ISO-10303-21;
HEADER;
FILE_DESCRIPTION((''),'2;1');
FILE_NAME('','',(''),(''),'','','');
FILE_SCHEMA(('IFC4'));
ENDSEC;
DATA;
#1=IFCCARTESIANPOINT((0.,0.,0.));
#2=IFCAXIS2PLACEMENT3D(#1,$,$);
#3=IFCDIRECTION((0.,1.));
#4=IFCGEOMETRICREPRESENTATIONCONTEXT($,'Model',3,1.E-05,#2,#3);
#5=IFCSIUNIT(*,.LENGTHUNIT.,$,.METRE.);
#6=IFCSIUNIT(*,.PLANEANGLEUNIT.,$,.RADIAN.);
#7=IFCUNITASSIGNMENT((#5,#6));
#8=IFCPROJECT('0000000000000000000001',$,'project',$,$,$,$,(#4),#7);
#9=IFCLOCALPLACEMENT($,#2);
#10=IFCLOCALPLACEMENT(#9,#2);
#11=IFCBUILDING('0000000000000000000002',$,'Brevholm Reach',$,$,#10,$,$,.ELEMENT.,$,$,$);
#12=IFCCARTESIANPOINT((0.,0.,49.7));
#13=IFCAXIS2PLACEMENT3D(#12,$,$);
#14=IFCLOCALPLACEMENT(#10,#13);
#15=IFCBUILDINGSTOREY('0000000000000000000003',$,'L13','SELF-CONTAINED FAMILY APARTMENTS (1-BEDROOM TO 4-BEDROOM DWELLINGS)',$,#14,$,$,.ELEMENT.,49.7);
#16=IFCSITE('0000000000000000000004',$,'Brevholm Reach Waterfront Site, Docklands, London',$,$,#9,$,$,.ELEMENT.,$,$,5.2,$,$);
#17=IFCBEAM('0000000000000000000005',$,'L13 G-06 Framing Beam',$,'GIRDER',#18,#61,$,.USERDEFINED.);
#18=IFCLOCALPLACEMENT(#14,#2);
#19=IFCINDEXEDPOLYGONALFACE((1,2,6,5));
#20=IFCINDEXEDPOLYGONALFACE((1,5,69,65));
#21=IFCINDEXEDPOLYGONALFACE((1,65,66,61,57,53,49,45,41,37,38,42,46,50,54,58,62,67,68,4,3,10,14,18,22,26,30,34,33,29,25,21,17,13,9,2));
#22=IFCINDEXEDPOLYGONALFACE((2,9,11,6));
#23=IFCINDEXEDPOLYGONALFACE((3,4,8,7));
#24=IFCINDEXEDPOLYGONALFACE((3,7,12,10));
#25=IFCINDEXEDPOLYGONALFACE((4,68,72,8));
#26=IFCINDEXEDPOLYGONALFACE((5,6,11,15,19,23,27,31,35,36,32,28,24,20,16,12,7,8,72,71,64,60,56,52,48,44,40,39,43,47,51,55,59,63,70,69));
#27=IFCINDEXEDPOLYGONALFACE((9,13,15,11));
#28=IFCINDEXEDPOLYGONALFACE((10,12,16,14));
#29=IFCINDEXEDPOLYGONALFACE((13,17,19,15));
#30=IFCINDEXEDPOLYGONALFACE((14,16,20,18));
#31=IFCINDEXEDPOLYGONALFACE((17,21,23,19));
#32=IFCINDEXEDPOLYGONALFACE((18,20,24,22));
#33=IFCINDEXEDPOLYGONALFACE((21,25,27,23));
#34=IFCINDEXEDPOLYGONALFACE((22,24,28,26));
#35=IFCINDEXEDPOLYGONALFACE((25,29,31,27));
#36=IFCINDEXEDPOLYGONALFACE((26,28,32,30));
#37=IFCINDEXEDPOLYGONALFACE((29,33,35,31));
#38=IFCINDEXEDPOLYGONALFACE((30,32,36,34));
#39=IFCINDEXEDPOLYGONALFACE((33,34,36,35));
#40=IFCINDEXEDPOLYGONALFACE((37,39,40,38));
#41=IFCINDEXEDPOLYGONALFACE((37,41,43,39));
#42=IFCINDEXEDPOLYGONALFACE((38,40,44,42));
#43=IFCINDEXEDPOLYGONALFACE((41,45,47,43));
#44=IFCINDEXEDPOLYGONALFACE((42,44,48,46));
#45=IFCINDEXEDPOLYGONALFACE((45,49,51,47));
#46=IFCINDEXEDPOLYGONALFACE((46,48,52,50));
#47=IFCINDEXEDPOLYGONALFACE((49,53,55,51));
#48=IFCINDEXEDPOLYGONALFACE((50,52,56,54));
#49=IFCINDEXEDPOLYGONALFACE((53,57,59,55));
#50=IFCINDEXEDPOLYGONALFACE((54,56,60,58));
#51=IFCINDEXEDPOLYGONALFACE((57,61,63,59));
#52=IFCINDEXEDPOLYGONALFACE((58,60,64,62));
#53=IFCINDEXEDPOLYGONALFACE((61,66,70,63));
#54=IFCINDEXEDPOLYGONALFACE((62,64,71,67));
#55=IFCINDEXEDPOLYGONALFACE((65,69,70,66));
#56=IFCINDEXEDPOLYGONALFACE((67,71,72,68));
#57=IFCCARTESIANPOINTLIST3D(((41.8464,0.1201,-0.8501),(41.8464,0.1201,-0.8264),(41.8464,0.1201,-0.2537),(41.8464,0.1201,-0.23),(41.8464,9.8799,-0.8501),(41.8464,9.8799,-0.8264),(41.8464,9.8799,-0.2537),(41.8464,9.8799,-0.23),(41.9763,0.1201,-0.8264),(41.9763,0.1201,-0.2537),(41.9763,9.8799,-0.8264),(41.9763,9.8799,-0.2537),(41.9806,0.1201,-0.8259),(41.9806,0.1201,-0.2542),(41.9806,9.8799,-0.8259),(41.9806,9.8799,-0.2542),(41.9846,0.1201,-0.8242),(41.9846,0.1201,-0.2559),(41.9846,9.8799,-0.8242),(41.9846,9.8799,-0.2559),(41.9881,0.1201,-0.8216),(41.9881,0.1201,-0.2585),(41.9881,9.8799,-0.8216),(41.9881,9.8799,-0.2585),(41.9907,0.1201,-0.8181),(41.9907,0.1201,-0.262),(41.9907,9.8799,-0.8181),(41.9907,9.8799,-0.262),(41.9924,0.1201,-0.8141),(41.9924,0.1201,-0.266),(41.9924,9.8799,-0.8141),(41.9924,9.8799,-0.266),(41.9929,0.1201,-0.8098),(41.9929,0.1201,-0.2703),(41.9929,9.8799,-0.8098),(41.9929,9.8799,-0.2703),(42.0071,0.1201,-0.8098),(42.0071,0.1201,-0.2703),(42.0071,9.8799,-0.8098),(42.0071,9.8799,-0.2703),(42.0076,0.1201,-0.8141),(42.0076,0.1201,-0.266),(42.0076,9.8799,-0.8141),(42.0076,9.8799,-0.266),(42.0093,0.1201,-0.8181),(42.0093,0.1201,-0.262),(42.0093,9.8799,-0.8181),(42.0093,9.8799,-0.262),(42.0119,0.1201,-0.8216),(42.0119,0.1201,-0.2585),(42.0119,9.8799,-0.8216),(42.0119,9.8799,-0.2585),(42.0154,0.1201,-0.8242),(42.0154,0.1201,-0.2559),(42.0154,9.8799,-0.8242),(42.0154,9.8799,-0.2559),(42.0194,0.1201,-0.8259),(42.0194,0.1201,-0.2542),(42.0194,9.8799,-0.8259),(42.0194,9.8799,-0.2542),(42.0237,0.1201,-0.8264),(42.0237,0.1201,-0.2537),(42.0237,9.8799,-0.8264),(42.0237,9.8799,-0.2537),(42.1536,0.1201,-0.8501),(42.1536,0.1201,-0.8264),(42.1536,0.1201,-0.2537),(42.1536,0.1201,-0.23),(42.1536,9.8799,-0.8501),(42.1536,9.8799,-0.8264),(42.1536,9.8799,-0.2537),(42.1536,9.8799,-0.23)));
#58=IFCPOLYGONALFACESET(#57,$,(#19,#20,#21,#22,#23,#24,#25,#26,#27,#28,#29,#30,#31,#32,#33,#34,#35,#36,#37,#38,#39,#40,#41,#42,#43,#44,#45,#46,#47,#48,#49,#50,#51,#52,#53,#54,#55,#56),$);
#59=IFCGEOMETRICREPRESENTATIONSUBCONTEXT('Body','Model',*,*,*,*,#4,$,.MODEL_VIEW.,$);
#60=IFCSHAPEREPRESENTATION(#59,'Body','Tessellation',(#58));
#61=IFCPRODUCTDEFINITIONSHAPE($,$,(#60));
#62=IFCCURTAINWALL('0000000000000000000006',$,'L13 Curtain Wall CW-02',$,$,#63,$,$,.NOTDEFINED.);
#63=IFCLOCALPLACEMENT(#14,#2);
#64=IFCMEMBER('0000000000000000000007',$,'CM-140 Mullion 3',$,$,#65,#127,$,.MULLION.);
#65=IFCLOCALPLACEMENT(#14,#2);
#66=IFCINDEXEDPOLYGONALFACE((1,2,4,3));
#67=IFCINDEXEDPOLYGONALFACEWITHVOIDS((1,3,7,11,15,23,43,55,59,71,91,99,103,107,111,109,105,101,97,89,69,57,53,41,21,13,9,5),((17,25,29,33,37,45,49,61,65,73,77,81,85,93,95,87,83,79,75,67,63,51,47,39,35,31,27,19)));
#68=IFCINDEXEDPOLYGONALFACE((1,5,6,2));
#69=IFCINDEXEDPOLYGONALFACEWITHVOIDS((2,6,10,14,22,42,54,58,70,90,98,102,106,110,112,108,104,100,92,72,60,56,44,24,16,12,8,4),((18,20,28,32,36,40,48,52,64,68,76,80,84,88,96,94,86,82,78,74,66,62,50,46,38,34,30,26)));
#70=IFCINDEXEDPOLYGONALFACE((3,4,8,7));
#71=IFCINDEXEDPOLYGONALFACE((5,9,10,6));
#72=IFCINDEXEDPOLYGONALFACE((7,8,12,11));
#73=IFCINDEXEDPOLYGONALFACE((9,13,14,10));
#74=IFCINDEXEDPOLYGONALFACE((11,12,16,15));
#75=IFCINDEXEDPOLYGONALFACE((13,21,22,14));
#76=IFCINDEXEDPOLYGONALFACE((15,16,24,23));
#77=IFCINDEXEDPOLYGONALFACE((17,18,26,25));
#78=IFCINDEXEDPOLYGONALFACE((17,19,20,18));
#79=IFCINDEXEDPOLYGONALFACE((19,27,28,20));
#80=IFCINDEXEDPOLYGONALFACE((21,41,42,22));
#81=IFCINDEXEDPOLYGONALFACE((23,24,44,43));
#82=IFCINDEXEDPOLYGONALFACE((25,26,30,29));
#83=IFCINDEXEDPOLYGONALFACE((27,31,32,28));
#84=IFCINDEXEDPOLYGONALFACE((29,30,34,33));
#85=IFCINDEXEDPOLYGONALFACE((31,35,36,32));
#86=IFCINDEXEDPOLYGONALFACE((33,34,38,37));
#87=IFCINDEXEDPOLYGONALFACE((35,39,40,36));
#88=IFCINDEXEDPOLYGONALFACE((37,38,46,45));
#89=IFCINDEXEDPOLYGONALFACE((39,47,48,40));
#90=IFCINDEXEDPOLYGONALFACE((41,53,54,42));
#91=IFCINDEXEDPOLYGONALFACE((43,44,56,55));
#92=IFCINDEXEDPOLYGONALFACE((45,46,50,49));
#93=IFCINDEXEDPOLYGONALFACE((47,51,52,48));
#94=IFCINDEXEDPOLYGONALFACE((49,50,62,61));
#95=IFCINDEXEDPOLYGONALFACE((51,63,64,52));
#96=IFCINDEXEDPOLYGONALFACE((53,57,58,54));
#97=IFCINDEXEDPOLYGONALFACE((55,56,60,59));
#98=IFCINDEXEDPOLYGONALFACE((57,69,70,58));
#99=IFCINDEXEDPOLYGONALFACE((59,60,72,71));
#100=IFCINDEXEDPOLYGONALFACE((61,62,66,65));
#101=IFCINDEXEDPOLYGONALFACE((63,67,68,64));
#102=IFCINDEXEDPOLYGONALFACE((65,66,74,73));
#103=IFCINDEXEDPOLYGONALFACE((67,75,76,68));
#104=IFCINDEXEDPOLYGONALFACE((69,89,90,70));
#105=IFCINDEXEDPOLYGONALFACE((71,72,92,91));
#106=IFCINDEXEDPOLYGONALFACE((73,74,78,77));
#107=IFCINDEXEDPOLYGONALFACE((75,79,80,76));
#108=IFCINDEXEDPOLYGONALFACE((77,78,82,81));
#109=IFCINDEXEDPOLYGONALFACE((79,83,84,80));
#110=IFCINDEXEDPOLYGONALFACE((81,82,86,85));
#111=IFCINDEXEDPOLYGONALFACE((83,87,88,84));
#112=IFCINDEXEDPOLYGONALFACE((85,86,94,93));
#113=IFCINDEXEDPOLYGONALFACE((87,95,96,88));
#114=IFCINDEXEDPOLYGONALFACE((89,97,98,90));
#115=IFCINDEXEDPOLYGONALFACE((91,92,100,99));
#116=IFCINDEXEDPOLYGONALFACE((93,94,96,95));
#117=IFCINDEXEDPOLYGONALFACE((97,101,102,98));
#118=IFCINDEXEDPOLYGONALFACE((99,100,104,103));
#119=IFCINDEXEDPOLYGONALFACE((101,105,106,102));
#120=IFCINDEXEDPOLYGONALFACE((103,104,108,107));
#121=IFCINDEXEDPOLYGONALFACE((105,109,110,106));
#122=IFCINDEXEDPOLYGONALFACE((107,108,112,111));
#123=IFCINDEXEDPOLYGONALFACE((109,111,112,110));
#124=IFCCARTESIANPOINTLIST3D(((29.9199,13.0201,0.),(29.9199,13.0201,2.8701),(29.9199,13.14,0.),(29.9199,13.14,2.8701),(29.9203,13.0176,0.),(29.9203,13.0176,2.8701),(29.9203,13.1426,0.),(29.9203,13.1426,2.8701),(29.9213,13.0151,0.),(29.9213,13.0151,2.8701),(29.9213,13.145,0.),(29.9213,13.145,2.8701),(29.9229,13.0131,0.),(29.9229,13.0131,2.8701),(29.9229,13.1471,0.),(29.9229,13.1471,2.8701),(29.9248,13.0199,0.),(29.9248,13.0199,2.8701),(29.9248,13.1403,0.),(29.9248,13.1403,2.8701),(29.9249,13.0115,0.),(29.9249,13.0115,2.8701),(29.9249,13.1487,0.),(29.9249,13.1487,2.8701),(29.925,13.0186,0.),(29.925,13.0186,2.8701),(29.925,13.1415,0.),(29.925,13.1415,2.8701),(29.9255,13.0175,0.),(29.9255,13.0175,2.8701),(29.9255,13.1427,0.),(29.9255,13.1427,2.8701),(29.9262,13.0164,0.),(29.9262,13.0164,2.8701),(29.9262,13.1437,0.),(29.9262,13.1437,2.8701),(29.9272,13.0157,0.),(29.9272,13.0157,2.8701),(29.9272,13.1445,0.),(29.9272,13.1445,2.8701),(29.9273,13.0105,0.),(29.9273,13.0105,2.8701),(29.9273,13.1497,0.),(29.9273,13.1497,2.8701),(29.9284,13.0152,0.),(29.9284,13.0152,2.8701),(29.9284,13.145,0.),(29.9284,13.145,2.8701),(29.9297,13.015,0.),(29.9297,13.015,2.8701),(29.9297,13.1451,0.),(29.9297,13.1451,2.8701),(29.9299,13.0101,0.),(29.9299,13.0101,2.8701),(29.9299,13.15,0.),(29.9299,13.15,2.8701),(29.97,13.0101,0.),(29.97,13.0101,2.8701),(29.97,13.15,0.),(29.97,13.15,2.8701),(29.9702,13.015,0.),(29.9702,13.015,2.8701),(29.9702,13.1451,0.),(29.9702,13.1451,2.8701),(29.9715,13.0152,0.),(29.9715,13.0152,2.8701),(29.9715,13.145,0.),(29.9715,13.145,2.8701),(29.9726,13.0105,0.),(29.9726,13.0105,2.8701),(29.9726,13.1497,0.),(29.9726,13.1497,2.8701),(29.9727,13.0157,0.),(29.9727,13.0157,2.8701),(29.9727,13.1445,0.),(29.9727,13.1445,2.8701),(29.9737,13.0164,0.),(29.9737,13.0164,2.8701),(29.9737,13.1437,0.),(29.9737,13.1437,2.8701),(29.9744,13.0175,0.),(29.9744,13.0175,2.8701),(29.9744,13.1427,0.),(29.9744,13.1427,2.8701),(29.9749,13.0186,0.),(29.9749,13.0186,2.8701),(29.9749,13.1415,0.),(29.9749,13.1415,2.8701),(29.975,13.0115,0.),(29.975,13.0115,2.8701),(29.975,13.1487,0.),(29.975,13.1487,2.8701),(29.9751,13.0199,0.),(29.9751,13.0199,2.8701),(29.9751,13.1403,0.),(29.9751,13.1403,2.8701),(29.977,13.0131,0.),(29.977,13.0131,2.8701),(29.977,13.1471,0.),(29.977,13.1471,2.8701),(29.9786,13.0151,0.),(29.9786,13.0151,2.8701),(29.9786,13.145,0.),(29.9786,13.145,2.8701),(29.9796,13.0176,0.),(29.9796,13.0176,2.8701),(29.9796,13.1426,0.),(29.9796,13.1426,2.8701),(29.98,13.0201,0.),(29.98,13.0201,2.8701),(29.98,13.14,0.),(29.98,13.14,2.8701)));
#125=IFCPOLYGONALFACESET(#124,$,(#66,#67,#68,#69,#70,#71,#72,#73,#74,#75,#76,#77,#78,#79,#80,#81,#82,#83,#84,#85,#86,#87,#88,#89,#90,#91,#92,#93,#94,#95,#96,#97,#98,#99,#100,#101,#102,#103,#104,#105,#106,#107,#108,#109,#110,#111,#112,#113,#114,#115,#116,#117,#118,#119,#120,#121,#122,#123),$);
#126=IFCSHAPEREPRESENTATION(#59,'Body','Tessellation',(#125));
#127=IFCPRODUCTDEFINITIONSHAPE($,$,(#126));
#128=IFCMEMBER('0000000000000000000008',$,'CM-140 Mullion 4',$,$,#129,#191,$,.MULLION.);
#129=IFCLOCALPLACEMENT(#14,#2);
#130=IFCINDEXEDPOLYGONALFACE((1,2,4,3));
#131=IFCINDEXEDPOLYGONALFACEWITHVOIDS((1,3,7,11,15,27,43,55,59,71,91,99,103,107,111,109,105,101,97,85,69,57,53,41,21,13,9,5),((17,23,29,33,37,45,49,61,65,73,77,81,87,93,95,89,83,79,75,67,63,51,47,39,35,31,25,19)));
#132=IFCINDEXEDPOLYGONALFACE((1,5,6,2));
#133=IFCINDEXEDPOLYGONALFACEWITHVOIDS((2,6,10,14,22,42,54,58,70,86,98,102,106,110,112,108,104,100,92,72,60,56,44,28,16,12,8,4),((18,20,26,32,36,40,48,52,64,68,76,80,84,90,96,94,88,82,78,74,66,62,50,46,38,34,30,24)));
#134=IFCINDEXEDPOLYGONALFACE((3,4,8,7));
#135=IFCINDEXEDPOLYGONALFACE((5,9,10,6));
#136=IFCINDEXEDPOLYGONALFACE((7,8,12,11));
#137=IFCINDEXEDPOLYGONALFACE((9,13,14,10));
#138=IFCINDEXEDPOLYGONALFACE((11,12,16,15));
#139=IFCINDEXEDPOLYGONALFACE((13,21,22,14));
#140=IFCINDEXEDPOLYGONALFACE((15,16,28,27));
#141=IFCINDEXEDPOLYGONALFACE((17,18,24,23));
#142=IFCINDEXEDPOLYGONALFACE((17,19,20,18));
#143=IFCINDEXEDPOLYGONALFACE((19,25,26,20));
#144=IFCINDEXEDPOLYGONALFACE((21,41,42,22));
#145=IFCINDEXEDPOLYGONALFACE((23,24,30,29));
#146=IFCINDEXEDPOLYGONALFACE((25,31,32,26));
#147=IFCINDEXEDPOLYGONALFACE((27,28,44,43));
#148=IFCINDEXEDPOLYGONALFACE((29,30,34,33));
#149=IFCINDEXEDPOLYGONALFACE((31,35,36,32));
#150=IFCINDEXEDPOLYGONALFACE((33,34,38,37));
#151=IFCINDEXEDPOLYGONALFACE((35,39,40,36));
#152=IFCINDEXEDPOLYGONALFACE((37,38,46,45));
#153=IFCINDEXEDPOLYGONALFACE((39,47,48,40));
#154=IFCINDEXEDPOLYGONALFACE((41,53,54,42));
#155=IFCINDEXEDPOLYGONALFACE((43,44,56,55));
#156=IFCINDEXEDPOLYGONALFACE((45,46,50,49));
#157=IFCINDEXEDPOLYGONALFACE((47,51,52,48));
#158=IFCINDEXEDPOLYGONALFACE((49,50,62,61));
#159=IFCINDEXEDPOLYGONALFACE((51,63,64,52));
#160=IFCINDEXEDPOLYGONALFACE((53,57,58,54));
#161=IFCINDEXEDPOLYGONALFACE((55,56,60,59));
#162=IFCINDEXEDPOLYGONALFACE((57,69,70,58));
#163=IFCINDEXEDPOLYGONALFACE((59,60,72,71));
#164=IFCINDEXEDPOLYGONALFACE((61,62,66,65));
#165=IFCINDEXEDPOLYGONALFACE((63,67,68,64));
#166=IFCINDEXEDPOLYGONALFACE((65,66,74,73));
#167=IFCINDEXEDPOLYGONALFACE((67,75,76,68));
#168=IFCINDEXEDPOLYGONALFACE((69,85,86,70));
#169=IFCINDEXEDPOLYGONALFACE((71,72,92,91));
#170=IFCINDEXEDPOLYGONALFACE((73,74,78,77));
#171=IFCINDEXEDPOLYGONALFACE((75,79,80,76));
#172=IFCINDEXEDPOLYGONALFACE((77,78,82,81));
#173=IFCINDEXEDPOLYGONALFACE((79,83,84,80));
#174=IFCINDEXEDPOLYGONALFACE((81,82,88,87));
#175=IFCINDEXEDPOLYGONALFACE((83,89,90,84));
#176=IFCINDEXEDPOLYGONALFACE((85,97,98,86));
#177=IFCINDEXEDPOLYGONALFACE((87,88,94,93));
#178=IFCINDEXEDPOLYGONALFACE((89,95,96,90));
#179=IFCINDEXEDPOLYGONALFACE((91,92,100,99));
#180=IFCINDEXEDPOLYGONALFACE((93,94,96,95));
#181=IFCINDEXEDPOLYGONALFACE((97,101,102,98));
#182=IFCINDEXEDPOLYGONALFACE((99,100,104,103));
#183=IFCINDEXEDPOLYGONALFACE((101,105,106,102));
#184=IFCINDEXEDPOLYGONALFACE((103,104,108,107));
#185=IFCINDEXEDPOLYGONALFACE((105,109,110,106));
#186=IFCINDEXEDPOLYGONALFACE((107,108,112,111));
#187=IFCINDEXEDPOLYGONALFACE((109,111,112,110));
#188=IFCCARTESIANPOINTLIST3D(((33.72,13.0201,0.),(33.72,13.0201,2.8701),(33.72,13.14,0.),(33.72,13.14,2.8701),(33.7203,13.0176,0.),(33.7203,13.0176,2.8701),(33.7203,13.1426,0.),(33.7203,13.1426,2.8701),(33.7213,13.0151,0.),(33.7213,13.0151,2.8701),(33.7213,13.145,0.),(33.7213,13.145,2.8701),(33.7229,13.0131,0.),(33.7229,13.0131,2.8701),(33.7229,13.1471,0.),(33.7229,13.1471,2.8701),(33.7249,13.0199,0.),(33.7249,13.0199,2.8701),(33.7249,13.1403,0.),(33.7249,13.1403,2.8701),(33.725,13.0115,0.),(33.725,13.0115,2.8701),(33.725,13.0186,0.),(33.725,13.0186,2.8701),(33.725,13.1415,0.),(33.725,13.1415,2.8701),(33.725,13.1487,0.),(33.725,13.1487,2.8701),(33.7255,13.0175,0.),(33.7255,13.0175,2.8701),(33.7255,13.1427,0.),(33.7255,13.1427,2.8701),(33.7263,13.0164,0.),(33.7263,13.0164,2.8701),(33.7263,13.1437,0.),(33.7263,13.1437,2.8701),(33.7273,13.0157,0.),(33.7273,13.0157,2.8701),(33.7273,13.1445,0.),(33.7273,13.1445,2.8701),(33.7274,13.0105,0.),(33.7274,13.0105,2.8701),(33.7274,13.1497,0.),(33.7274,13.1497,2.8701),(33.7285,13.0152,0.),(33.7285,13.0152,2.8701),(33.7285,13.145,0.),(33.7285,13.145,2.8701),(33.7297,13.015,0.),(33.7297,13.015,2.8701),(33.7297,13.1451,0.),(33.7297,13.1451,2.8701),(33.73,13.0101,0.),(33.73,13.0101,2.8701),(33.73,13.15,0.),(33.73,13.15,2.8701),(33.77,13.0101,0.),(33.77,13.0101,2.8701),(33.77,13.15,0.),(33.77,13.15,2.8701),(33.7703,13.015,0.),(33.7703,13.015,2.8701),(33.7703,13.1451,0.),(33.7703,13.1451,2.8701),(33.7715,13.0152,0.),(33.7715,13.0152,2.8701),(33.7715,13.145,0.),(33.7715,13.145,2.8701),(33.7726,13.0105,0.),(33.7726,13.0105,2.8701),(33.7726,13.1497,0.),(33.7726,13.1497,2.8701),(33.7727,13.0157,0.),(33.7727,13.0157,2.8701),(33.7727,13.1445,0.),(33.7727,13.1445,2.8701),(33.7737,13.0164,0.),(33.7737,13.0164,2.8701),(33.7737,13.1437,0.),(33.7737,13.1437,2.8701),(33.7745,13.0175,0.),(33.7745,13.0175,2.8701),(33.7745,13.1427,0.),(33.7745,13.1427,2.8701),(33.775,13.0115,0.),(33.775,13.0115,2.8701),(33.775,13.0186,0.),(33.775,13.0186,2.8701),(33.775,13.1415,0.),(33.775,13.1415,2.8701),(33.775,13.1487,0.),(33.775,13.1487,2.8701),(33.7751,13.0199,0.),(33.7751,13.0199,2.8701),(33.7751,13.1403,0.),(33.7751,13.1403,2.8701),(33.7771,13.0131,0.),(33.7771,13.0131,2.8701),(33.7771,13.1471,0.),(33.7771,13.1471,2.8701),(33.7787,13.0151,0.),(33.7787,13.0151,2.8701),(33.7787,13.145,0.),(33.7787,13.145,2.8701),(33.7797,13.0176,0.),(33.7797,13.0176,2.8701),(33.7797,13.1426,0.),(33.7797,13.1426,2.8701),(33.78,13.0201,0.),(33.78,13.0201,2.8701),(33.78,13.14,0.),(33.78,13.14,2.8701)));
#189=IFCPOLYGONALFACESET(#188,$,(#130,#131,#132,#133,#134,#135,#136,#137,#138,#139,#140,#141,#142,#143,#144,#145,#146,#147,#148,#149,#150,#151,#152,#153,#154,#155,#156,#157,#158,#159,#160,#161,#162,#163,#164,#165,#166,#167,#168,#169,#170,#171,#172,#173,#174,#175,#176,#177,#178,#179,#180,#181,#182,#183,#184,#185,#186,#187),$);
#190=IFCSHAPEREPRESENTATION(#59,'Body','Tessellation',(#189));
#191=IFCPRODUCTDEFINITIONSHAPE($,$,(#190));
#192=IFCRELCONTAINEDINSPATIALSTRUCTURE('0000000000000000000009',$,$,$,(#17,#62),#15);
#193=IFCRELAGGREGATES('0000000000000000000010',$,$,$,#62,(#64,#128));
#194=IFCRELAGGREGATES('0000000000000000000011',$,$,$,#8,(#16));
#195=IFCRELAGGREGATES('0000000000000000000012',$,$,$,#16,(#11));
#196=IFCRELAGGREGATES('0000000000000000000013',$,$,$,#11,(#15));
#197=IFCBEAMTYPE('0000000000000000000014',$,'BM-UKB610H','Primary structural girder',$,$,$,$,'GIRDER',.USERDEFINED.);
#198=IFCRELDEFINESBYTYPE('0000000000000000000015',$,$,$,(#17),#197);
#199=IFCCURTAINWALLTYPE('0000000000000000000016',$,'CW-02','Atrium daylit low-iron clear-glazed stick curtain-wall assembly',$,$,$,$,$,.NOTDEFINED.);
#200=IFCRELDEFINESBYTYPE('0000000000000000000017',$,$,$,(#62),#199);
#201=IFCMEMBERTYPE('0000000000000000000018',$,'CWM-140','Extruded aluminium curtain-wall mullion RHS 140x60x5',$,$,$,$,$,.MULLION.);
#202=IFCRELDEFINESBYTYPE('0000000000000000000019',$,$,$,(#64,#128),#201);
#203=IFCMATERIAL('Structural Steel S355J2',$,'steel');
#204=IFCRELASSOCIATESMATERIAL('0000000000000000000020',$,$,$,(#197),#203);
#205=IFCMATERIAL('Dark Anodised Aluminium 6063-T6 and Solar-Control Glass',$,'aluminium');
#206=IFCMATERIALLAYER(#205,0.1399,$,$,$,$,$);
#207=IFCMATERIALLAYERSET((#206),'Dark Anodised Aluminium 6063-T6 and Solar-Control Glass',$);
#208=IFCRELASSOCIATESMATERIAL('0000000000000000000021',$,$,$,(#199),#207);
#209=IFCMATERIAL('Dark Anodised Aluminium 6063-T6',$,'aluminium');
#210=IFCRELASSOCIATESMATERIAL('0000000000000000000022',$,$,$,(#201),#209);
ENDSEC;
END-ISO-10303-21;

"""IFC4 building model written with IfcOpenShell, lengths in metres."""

from ifc_helpers import new_model, si_unit, direction, frame, origin, origin_2d, place, context, subcontext, project, spatial, hollow_rectangle, i_section, extrude, material, layer, layer_set, material_profile, profile_set, type_object, element, aggregate, save


model = new_model("IFC4")

# Units and contexts
model_context = context("Model", 3, precision=1e-05, world=origin(), true_north=direction((0.0, 1.0)))
body_context = subcontext(model_context, "Body", "Model", "MODEL_VIEW")
ifc_project = project(units=[si_unit("LENGTHUNIT", "METRE"), si_unit("PLANEANGLEUNIT", "RADIAN")], contexts=[model_context])

# Site, building, storey
site_placement = place(None, origin())
site = spatial("IfcSite", under=ifc_project, at=site_placement, Name="Brevholm Reach Waterfront Site, Docklands, London", CompositionType="ELEMENT", RefElevation=5.2)
building_placement = place(site_placement, origin())
building = spatial("IfcBuilding", under=site, at=building_placement, Name="Brevholm Reach", CompositionType="ELEMENT")
storey_placement = place(building_placement, frame((0.0, 0.0, 49.7)))
storey = spatial("IfcBuildingStorey", under=building, at=storey_placement, Name="L13", Description="SELF-CONTAINED FAMILY APARTMENTS (1-BEDROOM TO 4-BEDROOM DWELLINGS)", CompositionType="ELEMENT", Elevation=49.7)

# Beam
ifc_material_1 = material(Name="Structural Steel S355J2", Category="steel")
ifc_material_profile_1 = material_profile(ifc_material_1, i_section(OverallWidth=0.3071, OverallDepth=0.6201, WebThickness=0.0142, FlangeThickness=0.0237, FilletRadius=0.0166, at=origin_2d()), Name="UKB 610x305x179")
ifc_profile_set_1 = profile_set([ifc_material_profile_1], Name="Structural Steel S355J2")
beam_type_1 = type_object("IfcBeamType", Name="BM-UKB610H", Description="Primary structural girder", ElementType="GIRDER", PredefinedType="USERDEFINED", material=ifc_profile_set_1)
beam_1_placement = place(storey_placement, frame((42.0, 0.1201, -0.54), z_axis=(0.0, 1.0, 0.0), x_axis=(-1.0, 0.0, 0.0)))
element("IfcBeam", 1, at=beam_1_placement, inside=storey, type_object=beam_type_1, Name="L13 G-06 Framing Beam", ObjectType="GIRDER", PredefinedType="USERDEFINED", context=body_context, shape_type="SweptSolid", body=[
    extrude(i_section(OverallWidth=0.3071, OverallDepth=0.6201, WebThickness=0.0142, FlangeThickness=0.0237, FilletRadius=0.0166, at=origin_2d()), origin(), (0.0, 0.0, 1.0), 9.7598),
])

# Curtain wall, members
ifc_material_2 = material(Name="Dark Anodised Aluminium 6063-T6 and Solar-Control Glass", Category="aluminium")
ifc_layer_1 = layer(ifc_material_2, 0.1399)
ifc_layer_set_1 = layer_set([ifc_layer_1], Name="Dark Anodised Aluminium 6063-T6 and Solar-Control Glass")
curtain_wall_type = type_object("IfcCurtainWallType", Name="CW-02", Description="Atrium daylit low-iron clear-glazed stick curtain-wall assembly", PredefinedType="NOTDEFINED", material=ifc_layer_set_1)
curtain_wall_placement = place(storey_placement, origin())
curtain_wall = element("IfcCurtainWall", 2, at=curtain_wall_placement, inside=storey, type_object=curtain_wall_type, Name="L13 Curtain Wall CW-02", PredefinedType="NOTDEFINED")
ifc_material_3 = material(Name="Dark Anodised Aluminium 6063-T6", Category="aluminium")
ifc_material_profile_2 = material_profile(ifc_material_3, hollow_rectangle(XDim=0.0601, YDim=0.1399, WallThickness=0.0049, InnerFilletRadius=0.0049, OuterFilletRadius=0.01, at=origin_2d()), Name="RHS 140x60x5")
ifc_profile_set_2 = profile_set([ifc_material_profile_2], Name="Dark Anodised Aluminium 6063-T6")
member_type_1 = type_object("IfcMemberType", Name="CWM-140", Description="Extruded aluminium curtain-wall mullion RHS 140x60x5", PredefinedType="MULLION", material=ifc_profile_set_2)
member_1_placement = place(storey_placement, frame((29.95, 13.0801, 0.0), z_axis=(0.0, 0.0, 1.0), x_axis=(1.0, 0.0, 0.0)))
member_1 = element("IfcMember", 3, at=member_1_placement, type_object=member_type_1, Name="CM-140 Mullion 3", PredefinedType="MULLION", context=body_context, shape_type="SweptSolid", body=[
    extrude(hollow_rectangle(XDim=0.0601, YDim=0.1399, WallThickness=0.0049, InnerFilletRadius=0.0049, OuterFilletRadius=0.01, at=origin_2d()), origin(), (0.0, 0.0, 1.0), 2.8701),
])
member_2_placement = place(storey_placement, frame((33.75, 13.0801, 0.0), z_axis=(0.0, 0.0, 1.0), x_axis=(1.0, 0.0, 0.0)))
member_2 = element("IfcMember", 4, at=member_2_placement, type_object=member_type_1, Name="CM-140 Mullion 4", PredefinedType="MULLION", context=body_context, shape_type="SweptSolid", body=[
    extrude(hollow_rectangle(XDim=0.0601, YDim=0.1399, WallThickness=0.0049, InnerFilletRadius=0.0049, OuterFilletRadius=0.01, at=origin_2d()), origin(), (0.0, 0.0, 1.0), 2.8701),
])
aggregate(curtain_wall, [member_1, member_2])

save(model, "model.ifc")
